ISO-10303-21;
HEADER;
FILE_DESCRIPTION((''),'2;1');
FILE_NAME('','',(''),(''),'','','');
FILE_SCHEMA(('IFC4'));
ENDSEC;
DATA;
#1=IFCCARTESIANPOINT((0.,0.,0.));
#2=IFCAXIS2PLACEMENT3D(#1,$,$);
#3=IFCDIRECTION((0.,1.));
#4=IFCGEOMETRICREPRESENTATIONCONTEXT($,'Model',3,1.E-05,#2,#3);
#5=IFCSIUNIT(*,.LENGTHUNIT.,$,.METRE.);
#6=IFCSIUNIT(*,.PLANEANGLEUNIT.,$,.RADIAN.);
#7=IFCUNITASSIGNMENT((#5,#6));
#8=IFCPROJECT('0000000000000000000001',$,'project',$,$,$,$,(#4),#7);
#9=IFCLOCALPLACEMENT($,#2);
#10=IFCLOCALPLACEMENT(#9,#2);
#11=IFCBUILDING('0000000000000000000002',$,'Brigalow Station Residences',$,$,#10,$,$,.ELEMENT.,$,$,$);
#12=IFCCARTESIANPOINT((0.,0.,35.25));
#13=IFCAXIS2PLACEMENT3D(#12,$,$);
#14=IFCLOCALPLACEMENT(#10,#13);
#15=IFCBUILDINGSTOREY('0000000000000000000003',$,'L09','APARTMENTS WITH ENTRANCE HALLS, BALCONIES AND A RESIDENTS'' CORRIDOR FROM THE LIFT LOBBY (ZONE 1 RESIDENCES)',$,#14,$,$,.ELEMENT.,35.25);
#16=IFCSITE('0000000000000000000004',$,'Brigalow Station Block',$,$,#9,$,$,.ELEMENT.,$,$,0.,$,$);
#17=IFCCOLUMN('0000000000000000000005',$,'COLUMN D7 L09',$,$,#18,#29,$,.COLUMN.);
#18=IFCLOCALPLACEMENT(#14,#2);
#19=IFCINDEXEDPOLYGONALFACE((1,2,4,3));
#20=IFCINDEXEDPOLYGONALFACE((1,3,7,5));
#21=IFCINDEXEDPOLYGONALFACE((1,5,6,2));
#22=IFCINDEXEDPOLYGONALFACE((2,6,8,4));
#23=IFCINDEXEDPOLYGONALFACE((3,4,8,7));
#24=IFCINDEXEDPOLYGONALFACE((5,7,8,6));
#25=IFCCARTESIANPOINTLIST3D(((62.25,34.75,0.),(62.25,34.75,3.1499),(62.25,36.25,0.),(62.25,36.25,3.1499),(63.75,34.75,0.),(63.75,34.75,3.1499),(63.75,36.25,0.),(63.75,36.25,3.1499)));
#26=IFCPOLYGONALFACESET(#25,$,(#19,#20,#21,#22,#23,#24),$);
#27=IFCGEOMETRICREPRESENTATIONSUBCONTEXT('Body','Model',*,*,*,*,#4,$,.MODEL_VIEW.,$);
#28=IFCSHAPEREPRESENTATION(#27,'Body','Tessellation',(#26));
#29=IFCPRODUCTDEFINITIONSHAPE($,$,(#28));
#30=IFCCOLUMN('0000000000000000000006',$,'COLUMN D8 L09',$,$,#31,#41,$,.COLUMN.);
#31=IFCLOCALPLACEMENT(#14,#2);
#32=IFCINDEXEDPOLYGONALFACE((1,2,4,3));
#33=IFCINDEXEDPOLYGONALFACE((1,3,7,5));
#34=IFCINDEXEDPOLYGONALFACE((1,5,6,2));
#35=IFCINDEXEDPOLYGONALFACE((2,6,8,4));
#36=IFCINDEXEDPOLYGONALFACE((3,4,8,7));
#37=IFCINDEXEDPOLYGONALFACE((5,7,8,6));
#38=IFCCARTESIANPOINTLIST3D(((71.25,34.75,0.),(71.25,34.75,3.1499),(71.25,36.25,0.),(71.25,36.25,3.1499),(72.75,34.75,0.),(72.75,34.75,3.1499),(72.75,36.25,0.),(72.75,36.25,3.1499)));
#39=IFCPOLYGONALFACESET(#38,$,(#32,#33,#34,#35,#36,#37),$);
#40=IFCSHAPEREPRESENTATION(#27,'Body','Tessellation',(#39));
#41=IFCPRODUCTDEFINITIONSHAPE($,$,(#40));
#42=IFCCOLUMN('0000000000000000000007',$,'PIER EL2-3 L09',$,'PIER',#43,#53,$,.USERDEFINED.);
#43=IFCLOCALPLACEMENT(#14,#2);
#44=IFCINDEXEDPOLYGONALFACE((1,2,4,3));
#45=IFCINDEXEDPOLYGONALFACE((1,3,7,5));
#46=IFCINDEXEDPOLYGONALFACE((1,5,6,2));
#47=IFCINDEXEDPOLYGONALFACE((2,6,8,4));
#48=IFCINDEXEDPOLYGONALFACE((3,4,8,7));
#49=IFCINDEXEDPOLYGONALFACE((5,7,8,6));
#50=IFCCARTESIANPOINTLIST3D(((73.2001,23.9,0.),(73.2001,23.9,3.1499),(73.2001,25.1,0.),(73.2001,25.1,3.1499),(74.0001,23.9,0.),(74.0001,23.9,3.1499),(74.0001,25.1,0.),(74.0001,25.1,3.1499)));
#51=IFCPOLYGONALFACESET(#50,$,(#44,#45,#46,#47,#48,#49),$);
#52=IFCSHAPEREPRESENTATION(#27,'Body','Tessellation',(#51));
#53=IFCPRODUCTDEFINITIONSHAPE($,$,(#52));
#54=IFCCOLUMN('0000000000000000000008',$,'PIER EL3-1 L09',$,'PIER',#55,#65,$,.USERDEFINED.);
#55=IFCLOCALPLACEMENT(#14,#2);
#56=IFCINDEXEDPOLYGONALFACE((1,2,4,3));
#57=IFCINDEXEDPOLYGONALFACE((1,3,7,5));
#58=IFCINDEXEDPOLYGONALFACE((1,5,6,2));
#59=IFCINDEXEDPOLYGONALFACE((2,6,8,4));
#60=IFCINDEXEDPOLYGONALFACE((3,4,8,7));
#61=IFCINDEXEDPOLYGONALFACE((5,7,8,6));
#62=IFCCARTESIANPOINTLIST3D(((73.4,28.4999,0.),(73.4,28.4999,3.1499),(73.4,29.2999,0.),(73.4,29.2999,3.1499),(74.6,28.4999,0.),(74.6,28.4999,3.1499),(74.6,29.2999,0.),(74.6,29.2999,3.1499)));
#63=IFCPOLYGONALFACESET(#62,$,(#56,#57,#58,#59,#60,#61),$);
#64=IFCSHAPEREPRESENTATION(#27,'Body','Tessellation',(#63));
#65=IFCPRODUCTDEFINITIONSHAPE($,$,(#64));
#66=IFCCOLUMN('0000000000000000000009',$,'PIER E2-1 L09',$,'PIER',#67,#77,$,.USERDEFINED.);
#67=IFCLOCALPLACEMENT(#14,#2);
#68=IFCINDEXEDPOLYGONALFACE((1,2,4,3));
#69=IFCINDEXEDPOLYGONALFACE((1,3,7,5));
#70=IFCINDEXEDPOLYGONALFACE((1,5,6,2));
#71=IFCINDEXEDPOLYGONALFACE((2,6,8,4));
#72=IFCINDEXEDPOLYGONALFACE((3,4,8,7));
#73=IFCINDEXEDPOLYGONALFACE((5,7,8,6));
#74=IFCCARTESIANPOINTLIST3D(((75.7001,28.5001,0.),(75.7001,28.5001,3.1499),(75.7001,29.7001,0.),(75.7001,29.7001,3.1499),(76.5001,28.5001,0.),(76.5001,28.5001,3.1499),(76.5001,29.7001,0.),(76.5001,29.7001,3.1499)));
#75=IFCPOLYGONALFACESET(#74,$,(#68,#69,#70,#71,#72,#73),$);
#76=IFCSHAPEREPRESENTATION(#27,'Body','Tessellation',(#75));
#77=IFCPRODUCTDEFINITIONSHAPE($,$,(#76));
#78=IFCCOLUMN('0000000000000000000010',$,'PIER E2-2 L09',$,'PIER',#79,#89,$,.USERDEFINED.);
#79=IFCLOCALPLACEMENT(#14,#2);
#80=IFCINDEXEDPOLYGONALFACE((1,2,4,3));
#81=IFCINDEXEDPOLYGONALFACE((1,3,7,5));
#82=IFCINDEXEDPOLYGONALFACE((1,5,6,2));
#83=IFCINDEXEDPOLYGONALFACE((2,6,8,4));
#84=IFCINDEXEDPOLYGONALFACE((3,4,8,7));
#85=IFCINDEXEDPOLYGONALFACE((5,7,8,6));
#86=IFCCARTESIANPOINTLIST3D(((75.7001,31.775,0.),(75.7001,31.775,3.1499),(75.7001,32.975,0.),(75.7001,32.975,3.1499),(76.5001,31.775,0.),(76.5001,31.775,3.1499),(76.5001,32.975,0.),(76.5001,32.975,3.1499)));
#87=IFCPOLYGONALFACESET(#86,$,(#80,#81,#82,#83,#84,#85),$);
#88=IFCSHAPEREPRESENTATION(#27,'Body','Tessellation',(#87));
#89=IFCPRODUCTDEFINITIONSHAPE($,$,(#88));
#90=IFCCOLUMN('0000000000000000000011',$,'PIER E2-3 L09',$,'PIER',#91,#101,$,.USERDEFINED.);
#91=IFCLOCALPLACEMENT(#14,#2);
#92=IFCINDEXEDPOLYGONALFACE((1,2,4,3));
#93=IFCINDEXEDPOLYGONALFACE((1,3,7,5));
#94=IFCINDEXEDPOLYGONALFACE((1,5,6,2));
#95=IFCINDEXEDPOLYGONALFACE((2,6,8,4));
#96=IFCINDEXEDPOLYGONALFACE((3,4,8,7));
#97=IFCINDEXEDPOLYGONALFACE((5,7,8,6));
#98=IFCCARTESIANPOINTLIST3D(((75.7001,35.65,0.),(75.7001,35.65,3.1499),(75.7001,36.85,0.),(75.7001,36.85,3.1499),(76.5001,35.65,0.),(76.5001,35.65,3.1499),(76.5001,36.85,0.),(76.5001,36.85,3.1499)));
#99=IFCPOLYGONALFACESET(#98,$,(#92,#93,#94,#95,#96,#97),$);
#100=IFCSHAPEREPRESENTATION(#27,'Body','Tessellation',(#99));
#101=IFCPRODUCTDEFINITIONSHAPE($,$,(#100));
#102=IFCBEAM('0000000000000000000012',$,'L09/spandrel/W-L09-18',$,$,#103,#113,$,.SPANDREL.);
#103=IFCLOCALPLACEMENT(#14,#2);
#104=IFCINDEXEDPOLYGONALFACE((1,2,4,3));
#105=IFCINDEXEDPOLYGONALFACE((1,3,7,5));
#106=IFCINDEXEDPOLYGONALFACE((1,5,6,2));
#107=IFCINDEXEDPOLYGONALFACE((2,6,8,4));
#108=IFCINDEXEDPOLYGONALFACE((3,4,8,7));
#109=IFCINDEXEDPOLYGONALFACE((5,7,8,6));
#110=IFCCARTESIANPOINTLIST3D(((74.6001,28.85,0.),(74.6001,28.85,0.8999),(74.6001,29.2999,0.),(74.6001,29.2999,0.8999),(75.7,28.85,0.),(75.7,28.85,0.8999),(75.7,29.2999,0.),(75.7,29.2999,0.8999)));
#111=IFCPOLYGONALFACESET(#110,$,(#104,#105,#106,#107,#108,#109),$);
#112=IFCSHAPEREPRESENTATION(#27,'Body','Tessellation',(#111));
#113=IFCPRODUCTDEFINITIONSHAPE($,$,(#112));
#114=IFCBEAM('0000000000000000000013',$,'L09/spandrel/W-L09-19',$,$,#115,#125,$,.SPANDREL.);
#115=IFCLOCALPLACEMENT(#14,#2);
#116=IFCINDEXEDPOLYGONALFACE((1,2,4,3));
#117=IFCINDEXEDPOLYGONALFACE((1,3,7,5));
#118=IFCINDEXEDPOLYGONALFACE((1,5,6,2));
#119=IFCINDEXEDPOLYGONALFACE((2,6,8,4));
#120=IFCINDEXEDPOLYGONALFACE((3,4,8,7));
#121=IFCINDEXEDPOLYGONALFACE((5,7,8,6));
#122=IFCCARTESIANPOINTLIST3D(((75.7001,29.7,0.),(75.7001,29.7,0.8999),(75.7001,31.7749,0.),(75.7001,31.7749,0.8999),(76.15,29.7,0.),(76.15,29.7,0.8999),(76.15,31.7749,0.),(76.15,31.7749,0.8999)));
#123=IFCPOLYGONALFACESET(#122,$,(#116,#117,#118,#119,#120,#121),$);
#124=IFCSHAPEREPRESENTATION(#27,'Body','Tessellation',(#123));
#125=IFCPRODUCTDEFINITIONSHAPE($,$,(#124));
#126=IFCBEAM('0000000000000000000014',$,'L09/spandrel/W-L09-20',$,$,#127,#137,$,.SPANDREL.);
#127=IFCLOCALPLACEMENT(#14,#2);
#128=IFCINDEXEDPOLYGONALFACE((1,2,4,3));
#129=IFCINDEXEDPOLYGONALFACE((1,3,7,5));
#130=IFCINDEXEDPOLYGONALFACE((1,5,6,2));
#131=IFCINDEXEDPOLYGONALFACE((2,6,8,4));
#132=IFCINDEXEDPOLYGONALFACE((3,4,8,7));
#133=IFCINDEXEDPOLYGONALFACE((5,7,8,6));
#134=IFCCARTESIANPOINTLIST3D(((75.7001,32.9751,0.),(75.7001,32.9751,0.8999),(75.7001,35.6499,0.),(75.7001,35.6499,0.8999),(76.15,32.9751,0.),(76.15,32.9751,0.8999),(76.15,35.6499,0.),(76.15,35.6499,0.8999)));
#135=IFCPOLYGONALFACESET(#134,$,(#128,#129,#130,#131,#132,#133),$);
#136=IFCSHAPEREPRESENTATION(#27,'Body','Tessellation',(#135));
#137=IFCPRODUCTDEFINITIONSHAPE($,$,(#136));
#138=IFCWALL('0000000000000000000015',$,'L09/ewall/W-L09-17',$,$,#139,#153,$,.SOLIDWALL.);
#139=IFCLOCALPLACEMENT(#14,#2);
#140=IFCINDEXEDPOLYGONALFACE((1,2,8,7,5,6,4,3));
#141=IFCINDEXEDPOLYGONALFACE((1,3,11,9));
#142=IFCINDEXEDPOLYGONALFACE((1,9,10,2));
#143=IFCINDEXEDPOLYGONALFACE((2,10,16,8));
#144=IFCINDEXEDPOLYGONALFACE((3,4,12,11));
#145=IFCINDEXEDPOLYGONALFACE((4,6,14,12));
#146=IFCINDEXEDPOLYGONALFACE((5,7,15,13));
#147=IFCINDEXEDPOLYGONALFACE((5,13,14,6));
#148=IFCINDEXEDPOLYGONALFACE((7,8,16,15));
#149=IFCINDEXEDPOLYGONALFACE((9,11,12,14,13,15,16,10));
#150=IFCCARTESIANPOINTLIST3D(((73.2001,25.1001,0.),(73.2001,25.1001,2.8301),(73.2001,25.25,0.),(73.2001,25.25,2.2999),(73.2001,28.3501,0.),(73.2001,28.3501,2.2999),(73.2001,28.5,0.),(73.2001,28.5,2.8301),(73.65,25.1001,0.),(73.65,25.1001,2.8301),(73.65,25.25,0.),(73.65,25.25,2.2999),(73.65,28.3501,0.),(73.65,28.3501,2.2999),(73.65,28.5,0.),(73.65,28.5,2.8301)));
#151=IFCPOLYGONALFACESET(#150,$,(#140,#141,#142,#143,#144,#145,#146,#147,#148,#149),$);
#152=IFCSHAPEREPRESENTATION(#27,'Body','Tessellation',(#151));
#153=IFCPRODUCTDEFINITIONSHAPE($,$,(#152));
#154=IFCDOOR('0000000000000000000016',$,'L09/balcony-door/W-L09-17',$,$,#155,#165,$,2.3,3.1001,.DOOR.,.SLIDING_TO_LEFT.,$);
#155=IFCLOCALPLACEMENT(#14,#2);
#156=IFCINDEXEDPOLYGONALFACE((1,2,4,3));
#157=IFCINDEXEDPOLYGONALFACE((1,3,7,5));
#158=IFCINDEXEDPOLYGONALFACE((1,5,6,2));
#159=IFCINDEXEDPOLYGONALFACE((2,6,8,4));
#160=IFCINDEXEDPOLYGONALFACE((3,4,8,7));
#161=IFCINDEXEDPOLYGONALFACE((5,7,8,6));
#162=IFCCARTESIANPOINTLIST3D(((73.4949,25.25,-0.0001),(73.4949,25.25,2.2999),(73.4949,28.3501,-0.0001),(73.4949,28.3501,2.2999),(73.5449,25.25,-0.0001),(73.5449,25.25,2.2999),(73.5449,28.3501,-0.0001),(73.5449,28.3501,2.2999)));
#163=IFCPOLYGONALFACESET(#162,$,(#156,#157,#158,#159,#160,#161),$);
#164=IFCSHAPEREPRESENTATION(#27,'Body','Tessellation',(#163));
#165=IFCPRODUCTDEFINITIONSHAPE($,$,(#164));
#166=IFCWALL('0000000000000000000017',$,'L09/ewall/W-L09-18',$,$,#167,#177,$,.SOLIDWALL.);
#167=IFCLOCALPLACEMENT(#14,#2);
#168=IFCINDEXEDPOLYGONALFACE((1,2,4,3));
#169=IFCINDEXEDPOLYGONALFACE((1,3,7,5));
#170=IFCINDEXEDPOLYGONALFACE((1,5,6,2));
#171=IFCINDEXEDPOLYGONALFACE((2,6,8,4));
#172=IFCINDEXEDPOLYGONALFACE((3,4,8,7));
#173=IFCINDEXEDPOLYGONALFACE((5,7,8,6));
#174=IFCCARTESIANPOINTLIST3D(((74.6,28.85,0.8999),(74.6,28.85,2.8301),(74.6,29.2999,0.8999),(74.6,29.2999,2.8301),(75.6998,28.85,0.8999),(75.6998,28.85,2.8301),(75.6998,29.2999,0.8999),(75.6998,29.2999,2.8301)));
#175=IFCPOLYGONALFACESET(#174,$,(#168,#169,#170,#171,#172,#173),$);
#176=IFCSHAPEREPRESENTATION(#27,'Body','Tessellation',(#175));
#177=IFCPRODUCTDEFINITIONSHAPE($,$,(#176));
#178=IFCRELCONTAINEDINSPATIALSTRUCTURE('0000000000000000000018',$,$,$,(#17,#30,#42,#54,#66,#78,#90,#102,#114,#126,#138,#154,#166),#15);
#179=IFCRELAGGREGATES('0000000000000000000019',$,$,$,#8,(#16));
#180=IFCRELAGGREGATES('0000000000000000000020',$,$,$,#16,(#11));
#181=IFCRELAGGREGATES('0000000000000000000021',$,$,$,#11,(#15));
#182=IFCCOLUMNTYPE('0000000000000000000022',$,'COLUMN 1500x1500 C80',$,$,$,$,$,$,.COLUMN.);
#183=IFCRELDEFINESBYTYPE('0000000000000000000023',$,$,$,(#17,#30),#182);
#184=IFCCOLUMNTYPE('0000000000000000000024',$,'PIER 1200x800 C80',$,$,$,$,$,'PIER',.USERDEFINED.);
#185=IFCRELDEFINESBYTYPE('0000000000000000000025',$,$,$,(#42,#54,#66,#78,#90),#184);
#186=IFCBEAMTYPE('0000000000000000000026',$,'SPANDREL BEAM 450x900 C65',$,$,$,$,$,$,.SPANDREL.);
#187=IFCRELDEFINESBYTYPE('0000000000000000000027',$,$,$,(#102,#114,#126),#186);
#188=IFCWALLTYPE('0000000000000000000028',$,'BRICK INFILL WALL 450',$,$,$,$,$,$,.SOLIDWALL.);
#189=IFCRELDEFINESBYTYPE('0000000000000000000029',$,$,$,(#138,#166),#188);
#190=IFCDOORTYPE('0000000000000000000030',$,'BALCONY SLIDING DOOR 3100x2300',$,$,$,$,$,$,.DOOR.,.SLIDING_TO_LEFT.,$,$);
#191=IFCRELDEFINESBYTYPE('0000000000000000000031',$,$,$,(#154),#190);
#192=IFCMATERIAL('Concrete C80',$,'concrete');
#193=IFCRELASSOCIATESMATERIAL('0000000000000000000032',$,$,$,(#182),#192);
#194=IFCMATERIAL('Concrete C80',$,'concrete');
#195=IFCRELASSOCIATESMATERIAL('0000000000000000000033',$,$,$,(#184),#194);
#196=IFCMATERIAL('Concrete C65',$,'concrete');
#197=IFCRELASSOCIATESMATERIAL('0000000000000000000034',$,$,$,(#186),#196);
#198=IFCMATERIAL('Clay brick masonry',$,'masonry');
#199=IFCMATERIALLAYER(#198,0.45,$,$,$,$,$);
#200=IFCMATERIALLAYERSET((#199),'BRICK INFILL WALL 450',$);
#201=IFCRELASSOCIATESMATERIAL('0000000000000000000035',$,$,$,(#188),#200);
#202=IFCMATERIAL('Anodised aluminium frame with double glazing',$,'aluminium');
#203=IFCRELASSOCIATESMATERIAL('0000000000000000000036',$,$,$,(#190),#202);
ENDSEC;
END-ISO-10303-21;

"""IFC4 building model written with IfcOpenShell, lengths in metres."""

from ifc_helpers import new_model, si_unit, direction, frame, frame_2d, origin, origin_2d, place, context, subcontext, project, spatial, rectangle, extrude, material, layer, layer_set, material_profile, profile_set, type_object, element, fill, save


model = new_model("IFC4")

# Units and contexts
model_context = context("Model", 3, precision=1e-05, world=origin(), true_north=direction((0.0, 1.0)))
body_context = subcontext(model_context, "Body", "Model", "MODEL_VIEW")
ifc_project = project(units=[si_unit("LENGTHUNIT", "METRE"), si_unit("PLANEANGLEUNIT", "RADIAN")], contexts=[model_context])

# Site, building, storey
site_placement = place(None, origin())
site = spatial("IfcSite", under=ifc_project, at=site_placement, Name="Brigalow Station Block", CompositionType="ELEMENT", RefElevation=0.0)
building_placement = place(site_placement, origin())
building = spatial("IfcBuilding", under=site, at=building_placement, Name="Brigalow Station Residences", CompositionType="ELEMENT")
storey_placement = place(building_placement, frame((0.0, 0.0, 35.25)))
storey = spatial("IfcBuildingStorey", under=building, at=storey_placement, Name="L09", Description="APARTMENTS WITH ENTRANCE HALLS, BALCONIES AND A RESIDENTS' CORRIDOR FROM THE LIFT LOBBY (ZONE 1 RESIDENCES)", CompositionType="ELEMENT", Elevation=35.25)

# Columns
ifc_material_1 = material(Name="Concrete C80", Category="concrete")
ifc_material_profile_1 = material_profile(ifc_material_1, rectangle(XDim=1.5, YDim=1.5, at=origin_2d()), Name="RC1500x1500")
ifc_profile_set_1 = profile_set([ifc_material_profile_1], Name="Concrete C80")
column_type_1 = type_object("IfcColumnType", Name="COLUMN 1500x1500 C80", PredefinedType="COLUMN", material=ifc_profile_set_1)
for number, where, z_axis, x_axis, name in (
    (1, (63.0, 35.5, 0.0), (0.0, 0.0, 1.0), (1.0, 0.0, 0.0), "COLUMN D7 L09"),
    (2, (72.0, 35.5, 0.0), (0.0, 0.0, 1.0), (1.0, 0.0, 0.0), "COLUMN D8 L09"),
):
    element("IfcColumn", number, at=place(storey_placement, frame(where, z_axis=z_axis, x_axis=x_axis)), inside=storey, type_object=column_type_1, Name=name, PredefinedType="COLUMN", context=body_context, shape_type="SweptSolid", body=[
        extrude(rectangle(XDim=1.5, YDim=1.5, at=origin_2d()), origin(), (0.0, 0.0, 1.0), 3.1499),
    ])
ifc_material_2 = material(Name="Concrete C80", Category="concrete")
ifc_material_profile_2 = material_profile(ifc_material_2, rectangle(XDim=1.2, YDim=0.8, at=origin_2d()), Name="RC1200x800")
ifc_profile_set_2 = profile_set([ifc_material_profile_2], Name="Concrete C80")
column_type_2 = type_object("IfcColumnType", Name="PIER 1200x800 C80", ElementType="PIER", PredefinedType="USERDEFINED", material=ifc_profile_set_2)
for number, where, z_axis, x_axis, name in (
    (3, (73.6001, 24.5, 0.0), (0.0, 0.0, 1.0), (0.0, 1.0, 0.0), "PIER EL2-3 L09"),
    (4, (74.0, 28.8999, 0.0), (0.0, 0.0, 1.0), (1.0, 0.0, 0.0), "PIER EL3-1 L09"),
    (5, (76.1001, 29.1001, 0.0), (0.0, 0.0, 1.0), (0.0, 1.0, 0.0), "PIER E2-1 L09"),
    (6, (76.1001, 32.375, 0.0), (0.0, 0.0, 1.0), (0.0, 1.0, 0.0), "PIER E2-2 L09"),
    (7, (76.1001, 36.25, 0.0), (0.0, 0.0, 1.0), (0.0, 1.0, 0.0), "PIER E2-3 L09"),
):
    element("IfcColumn", number, at=place(storey_placement, frame(where, z_axis=z_axis, x_axis=x_axis)), inside=storey, type_object=column_type_2, Name=name, ObjectType="PIER", PredefinedType="USERDEFINED", context=body_context, shape_type="SweptSolid", body=[
        extrude(rectangle(XDim=1.2, YDim=0.8, at=origin_2d()), origin(), (0.0, 0.0, 1.0), 3.1499),
    ])

# Beams
ifc_material_3 = material(Name="Concrete C65", Category="concrete")
ifc_material_profile_3 = material_profile(ifc_material_3, rectangle(XDim=0.45, YDim=0.8999, at=origin_2d()), Name="RC450x900")
ifc_profile_set_3 = profile_set([ifc_material_profile_3], Name="Concrete C65")
beam_type = type_object("IfcBeamType", Name="SPANDREL BEAM 450x900 C65", PredefinedType="SPANDREL", material=ifc_profile_set_3)
beam_1_placement = place(storey_placement, frame((74.6001, 29.075, 0.45), z_axis=(1.0, 0.0, 0.0), x_axis=(0.0, 1.0, 0.0)))
element("IfcBeam", 8, at=beam_1_placement, inside=storey, type_object=beam_type, Name="L09/spandrel/W-L09-18", PredefinedType="SPANDREL", context=body_context, shape_type="SweptSolid", body=[
    extrude(rectangle(XDim=0.45, YDim=0.8999, at=origin_2d()), origin(), (0.0, 0.0, 1.0), 1.0999),
])
beam_2_placement = place(storey_placement, frame((75.925, 29.7, 0.45), z_axis=(0.0, 1.0, 0.0), x_axis=(-1.0, 0.0, 0.0)))
element("IfcBeam", 9, at=beam_2_placement, inside=storey, type_object=beam_type, Name="L09/spandrel/W-L09-19", PredefinedType="SPANDREL", context=body_context, shape_type="SweptSolid", body=[
    extrude(rectangle(XDim=0.45, YDim=0.8999, at=origin_2d()), origin(), (0.0, 0.0, 1.0), 2.075),
])
beam_3_placement = place(storey_placement, frame((75.925, 32.9751, 0.45), z_axis=(0.0, 1.0, 0.0), x_axis=(-1.0, 0.0, 0.0)))
element("IfcBeam", 10, at=beam_3_placement, inside=storey, type_object=beam_type, Name="L09/spandrel/W-L09-20", PredefinedType="SPANDREL", context=body_context, shape_type="SweptSolid", body=[
    extrude(rectangle(XDim=0.45, YDim=0.8999, at=origin_2d()), origin(), (0.0, 0.0, 1.0), 2.6748),
])

# Wall, opening, door
ifc_material_4 = material(Name="Clay brick masonry", Category="masonry")
ifc_layer_1 = layer(ifc_material_4, 0.45)
ifc_layer_set_1 = layer_set([ifc_layer_1], Name="BRICK INFILL WALL 450")
wall_type_1 = type_object("IfcWallType", Name="BRICK INFILL WALL 450", PredefinedType="SOLIDWALL", material=ifc_layer_set_1)
wall_1_placement = place(storey_placement, frame((73.425, 25.1001, 0.0), z_axis=(0.0, 0.0, 1.0), x_axis=(0.0, 1.0, 0.0)))
wall_1 = element("IfcWall", 11, at=wall_1_placement, inside=storey, type_object=wall_type_1, Name="L09/ewall/W-L09-17", PredefinedType="SOLIDWALL", context=body_context, shape_type="SweptSolid", body=[
    extrude(rectangle(XDim=3.3999, YDim=0.45, at=frame_2d((1.7, 0.0))), origin(), (0.0, 0.0, 1.0), 2.8301),
])
opening_1_placement = place(wall_1_placement, frame((0.1499, 0.0, 0.0)))
opening_1 = element("IfcOpeningElement", 12, at=opening_1_placement, cuts=wall_1, PredefinedType="OPENING", context=body_context, shape_type="SweptSolid", body=[
    extrude(rectangle(XDim=3.1001, YDim=2.3, at=frame_2d((1.55, 1.1499))), frame((0.0, 0.2349, 0.0), z_axis=(0.0, -1.0, 0.0), x_axis=(1.0, 0.0, 0.0)), (0.0, 0.0, 1.0), 0.47),
])
ifc_material_5 = material(Name="Anodised aluminium frame with double glazing", Category="aluminium")
door_type_1 = type_object("IfcDoorType", Name="BALCONY SLIDING DOOR 3100x2300", OperationType="SLIDING_TO_LEFT", PredefinedType="DOOR", material=ifc_material_5)
door_1_placement = place(opening_1_placement, origin())
door_1 = element("IfcDoor", 13, at=door_1_placement, inside=storey, type_object=door_type_1, Name="L09/balcony-door/W-L09-17", OperationType="SLIDING_TO_LEFT", OverallHeight=2.3, OverallWidth=3.1001, PredefinedType="DOOR", context=body_context, shape_type="SweptSolid", body=[
    extrude(rectangle(XDim=3.1001, YDim=2.3, at=frame_2d((1.55, 1.1499))), frame((0.0, -0.0698, 0.0), z_axis=(0.0, -1.0, 0.0), x_axis=(1.0, 0.0, 0.0)), (0.0, 0.0, 1.0), 0.05),
])
fill(opening_1, door_1)

# Wall
wall_2_placement = place(storey_placement, frame((74.6001, 29.075, 0.8999), z_axis=(0.0, 0.0, 1.0), x_axis=(1.0, 0.0, 0.0)))
element("IfcWall", 14, at=wall_2_placement, inside=storey, type_object=wall_type_1, Name="L09/ewall/W-L09-18", PredefinedType="SOLIDWALL", context=body_context, shape_type="SweptSolid", body=[
    extrude(rectangle(XDim=1.0999, YDim=0.45, at=frame_2d((0.5498, 0.0))), origin(), (0.0, 0.0, 1.0), 1.9302),
])

save(model, "model.ifc")
